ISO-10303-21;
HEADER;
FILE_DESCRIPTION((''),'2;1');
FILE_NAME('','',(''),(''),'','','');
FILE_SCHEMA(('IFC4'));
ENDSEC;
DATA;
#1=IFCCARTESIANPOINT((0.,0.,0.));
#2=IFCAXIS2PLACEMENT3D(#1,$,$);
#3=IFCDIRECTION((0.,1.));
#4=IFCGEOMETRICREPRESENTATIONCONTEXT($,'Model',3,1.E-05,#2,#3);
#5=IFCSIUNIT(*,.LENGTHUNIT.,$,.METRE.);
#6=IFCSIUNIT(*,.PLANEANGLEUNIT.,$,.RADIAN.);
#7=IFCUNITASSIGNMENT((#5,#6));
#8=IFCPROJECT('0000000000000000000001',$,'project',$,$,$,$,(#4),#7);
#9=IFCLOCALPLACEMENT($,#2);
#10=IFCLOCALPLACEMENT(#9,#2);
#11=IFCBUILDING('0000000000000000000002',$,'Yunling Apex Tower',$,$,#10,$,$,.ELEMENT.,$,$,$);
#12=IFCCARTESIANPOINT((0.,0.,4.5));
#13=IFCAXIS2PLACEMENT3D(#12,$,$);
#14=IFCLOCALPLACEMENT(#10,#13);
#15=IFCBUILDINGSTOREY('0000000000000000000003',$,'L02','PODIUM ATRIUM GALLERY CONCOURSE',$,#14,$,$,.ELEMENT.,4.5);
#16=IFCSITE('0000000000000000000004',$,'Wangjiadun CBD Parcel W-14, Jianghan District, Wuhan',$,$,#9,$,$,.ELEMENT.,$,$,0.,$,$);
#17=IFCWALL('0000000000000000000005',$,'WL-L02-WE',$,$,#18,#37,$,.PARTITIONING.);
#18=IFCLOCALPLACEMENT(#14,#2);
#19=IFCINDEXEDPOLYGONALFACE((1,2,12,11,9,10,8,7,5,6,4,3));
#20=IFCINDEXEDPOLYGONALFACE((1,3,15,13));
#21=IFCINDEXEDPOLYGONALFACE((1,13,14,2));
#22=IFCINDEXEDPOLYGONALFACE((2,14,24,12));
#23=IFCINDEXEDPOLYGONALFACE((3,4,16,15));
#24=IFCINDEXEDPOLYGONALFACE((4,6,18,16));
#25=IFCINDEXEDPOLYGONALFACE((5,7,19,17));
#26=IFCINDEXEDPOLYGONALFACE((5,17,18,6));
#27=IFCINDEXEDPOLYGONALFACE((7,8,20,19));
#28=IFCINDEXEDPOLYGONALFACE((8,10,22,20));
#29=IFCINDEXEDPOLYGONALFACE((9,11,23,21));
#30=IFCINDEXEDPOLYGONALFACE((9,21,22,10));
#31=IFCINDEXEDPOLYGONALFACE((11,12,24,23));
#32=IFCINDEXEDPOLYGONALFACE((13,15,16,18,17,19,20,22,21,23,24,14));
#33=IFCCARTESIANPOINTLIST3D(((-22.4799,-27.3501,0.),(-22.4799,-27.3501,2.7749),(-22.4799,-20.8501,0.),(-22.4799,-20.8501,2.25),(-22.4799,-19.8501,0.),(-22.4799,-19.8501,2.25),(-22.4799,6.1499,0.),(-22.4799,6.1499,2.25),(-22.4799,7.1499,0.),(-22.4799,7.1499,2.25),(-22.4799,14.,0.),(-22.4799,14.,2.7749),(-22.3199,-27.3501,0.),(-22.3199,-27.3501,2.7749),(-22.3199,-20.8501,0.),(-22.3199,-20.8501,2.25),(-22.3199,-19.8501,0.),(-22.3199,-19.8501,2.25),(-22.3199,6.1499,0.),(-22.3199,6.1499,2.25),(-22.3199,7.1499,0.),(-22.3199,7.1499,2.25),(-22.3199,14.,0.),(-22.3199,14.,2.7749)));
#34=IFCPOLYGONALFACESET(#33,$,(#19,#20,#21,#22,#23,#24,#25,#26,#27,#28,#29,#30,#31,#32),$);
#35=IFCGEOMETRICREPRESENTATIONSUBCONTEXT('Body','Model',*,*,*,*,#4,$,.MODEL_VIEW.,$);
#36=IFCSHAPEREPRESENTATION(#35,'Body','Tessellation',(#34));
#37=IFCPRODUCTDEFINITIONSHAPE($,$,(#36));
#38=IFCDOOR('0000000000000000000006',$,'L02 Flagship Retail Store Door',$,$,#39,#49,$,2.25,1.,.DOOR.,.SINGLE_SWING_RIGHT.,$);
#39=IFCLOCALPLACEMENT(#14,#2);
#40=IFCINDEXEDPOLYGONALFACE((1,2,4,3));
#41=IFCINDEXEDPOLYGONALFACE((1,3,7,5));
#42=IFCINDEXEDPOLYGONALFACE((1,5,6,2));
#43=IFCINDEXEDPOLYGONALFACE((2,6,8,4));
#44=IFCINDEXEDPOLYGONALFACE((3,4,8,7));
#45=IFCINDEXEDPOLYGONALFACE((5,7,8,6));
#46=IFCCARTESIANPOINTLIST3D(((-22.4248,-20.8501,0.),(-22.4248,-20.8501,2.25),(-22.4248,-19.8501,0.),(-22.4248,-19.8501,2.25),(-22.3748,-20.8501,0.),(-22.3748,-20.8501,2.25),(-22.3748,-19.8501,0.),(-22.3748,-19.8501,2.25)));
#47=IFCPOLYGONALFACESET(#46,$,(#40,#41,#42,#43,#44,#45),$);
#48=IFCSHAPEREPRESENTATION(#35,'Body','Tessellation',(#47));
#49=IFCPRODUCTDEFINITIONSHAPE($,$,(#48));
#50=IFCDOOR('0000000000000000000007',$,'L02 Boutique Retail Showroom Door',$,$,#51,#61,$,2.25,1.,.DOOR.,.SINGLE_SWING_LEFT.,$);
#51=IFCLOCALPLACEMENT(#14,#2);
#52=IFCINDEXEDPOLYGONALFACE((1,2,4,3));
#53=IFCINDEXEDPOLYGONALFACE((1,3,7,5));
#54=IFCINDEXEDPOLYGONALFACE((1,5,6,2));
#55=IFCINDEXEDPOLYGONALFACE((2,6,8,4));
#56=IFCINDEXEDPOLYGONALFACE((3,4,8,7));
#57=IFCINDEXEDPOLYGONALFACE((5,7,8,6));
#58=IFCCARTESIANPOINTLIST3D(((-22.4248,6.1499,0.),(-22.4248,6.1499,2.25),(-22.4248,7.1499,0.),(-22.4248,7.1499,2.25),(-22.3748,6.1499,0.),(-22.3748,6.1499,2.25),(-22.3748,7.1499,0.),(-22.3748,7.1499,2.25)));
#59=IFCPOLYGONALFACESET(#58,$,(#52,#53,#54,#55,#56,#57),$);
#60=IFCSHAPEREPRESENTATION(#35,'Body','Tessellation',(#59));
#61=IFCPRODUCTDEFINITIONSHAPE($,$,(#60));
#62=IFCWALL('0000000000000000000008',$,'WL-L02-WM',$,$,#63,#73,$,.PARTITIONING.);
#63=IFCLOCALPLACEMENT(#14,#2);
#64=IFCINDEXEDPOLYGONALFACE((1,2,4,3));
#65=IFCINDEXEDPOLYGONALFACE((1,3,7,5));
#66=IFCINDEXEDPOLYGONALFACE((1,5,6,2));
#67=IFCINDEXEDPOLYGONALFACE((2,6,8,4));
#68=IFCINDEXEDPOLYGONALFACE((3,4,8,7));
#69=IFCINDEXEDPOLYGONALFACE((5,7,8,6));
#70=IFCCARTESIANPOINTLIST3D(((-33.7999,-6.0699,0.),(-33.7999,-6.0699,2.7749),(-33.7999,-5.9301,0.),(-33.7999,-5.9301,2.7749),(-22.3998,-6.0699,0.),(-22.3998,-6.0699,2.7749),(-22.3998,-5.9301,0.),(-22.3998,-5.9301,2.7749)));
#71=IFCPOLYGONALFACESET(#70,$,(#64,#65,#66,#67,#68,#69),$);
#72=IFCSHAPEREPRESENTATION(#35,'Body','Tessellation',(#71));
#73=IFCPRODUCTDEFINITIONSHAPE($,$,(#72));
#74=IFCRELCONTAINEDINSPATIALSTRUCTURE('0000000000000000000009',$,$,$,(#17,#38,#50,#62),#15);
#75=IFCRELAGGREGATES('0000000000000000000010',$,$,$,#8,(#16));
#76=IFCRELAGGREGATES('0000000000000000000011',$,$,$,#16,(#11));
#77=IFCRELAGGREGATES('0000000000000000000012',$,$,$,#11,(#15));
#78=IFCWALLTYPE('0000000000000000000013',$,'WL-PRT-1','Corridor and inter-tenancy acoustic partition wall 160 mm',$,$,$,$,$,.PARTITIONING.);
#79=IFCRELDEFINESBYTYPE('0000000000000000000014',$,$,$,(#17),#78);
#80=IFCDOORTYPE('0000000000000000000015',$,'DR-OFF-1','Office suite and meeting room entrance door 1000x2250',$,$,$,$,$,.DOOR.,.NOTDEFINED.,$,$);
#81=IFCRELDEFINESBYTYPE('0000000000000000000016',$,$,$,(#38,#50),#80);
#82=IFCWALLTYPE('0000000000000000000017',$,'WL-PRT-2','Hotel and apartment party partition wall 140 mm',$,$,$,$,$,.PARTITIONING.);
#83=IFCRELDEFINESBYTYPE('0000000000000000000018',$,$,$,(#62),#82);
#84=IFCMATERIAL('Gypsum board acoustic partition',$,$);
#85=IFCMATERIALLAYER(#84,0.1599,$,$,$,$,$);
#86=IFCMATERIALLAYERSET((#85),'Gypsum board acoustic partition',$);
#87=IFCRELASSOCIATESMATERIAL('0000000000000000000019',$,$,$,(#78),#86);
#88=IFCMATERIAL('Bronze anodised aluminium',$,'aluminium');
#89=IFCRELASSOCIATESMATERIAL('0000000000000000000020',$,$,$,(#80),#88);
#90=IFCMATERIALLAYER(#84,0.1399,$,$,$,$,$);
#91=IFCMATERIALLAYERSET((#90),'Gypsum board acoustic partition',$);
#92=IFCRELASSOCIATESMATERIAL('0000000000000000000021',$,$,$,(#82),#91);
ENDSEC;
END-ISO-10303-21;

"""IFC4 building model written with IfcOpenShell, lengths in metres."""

from ifc_helpers import new_model, si_unit, direction, frame, frame_2d, origin, place, context, subcontext, project, spatial, rectangle, extrude, material, layer, layer_set, type_object, element, fill, save


model = new_model("IFC4")

# Units and contexts
model_context = context("Model", 3, precision=1e-05, world=origin(), true_north=direction((0.0, 1.0)))
body_context = subcontext(model_context, "Body", "Model", "MODEL_VIEW")
ifc_project = project(units=[si_unit("LENGTHUNIT", "METRE"), si_unit("PLANEANGLEUNIT", "RADIAN")], contexts=[model_context])

# Site, building, storey
site_placement = place(None, origin())
site = spatial("IfcSite", under=ifc_project, at=site_placement, Name="Wangjiadun CBD Parcel W-14, Jianghan District, Wuhan", CompositionType="ELEMENT", RefElevation=0.0)
building_placement = place(site_placement, origin())
building = spatial("IfcBuilding", under=site, at=building_placement, Name="Yunling Apex Tower", CompositionType="ELEMENT")
storey_placement = place(building_placement, frame((0.0, 0.0, 4.5)))
storey = spatial("IfcBuildingStorey", under=building, at=storey_placement, Name="L02", Description="PODIUM ATRIUM GALLERY CONCOURSE", CompositionType="ELEMENT", Elevation=4.5)

# Wall, openings, doors
ifc_material_1 = material(Name="Gypsum board acoustic partition")
ifc_layer_1 = layer(ifc_material_1, 0.1599)
ifc_layer_set_1 = layer_set([ifc_layer_1], Name="Gypsum board acoustic partition")
wall_type_1 = type_object("IfcWallType", Name="WL-PRT-1", Description="Corridor and inter-tenancy acoustic partition wall 160 mm", PredefinedType="PARTITIONING", material=ifc_layer_set_1)
wall_1_placement = place(storey_placement, frame((-22.3999, -27.3501, 0.0), z_axis=(0.0, 0.0, 1.0), x_axis=(0.0, 1.0, 0.0)))
wall_1 = element("IfcWall", 1, at=wall_1_placement, inside=storey, type_object=wall_type_1, Name="WL-L02-WE", PredefinedType="PARTITIONING", context=body_context, shape_type="SweptSolid", body=[
    extrude(rectangle(XDim=41.3501, YDim=0.1599, at=frame_2d((20.675, 0.0))), origin(), (0.0, 0.0, 1.0), 2.7749),
])
opening_1_placement = place(wall_1_placement, frame((6.5, 0.0, 0.0)))
opening_1 = element("IfcOpeningElement", 2, at=opening_1_placement, cuts=wall_1, PredefinedType="OPENING", context=body_context, shape_type="SweptSolid", body=[
    extrude(rectangle(XDim=1.0, YDim=2.25, at=frame_2d((0.5, 1.125))), frame((0.0, 0.0898, 0.0), z_axis=(0.0, -1.0, 0.0), x_axis=(1.0, 0.0, 0.0)), (0.0, 0.0, 1.0), 0.1799),
])
opening_2_placement = place(wall_1_placement, frame((33.5, 0.0, 0.0)))
opening_2 = element("IfcOpeningElement", 3, at=opening_2_placement, cuts=wall_1, PredefinedType="OPENING", context=body_context, shape_type="SweptSolid", body=[
    extrude(rectangle(XDim=1.0, YDim=2.25, at=frame_2d((0.5, 1.125))), frame((0.0, 0.0898, 0.0), z_axis=(0.0, -1.0, 0.0), x_axis=(1.0, 0.0, 0.0)), (0.0, 0.0, 1.0), 0.1799),
])
ifc_material_2 = material(Name="Bronze anodised aluminium", Category="aluminium")
door_type = type_object("IfcDoorType", Name="DR-OFF-1", Description="Office suite and meeting room entrance door 1000x2250", OperationType="NOTDEFINED", PredefinedType="DOOR", material=ifc_material_2)
door_1_placement = place(opening_1_placement, origin())
door_1 = element("IfcDoor", 4, at=door_1_placement, inside=storey, type_object=door_type, Name="L02 Flagship Retail Store Door", OperationType="SINGLE_SWING_RIGHT", OverallHeight=2.25, OverallWidth=1.0, PredefinedType="DOOR", context=body_context, shape_type="SweptSolid", body=[
    extrude(rectangle(XDim=1.0, YDim=2.25, at=frame_2d((0.5, 1.125))), frame((0.0, 0.0249, 0.0), z_axis=(0.0, -1.0, 0.0), x_axis=(1.0, 0.0, 0.0)), (0.0, 0.0, 1.0), 0.05),
])
fill(opening_1, door_1)
door_2_placement = place(opening_2_placement, origin())
door_2 = element("IfcDoor", 5, at=door_2_placement, inside=storey, type_object=door_type, Name="L02 Boutique Retail Showroom Door", OperationType="SINGLE_SWING_LEFT", OverallHeight=2.25, OverallWidth=1.0, PredefinedType="DOOR", context=body_context, shape_type="SweptSolid", body=[
    extrude(rectangle(XDim=1.0, YDim=2.25, at=frame_2d((0.5, 1.125))), frame((0.0, 0.0249, 0.0), z_axis=(0.0, -1.0, 0.0), x_axis=(1.0, 0.0, 0.0)), (0.0, 0.0, 1.0), 0.05),
])
fill(opening_2, door_2)

# Wall
ifc_layer_2 = layer(ifc_material_1, 0.1399)
ifc_layer_set_2 = layer_set([ifc_layer_2], Name="Gypsum board acoustic partition")
wall_type_2 = type_object("IfcWallType", Name="WL-PRT-2", Description="Hotel and apartment party partition wall 140 mm", PredefinedType="PARTITIONING", material=ifc_layer_set_2)
wall_2_placement = place(storey_placement, frame((-33.8, -6.0, 0.0), z_axis=(0.0, 0.0, 1.0), x_axis=(1.0, 0.0, 0.0)))
element("IfcWall", 6, at=wall_2_placement, inside=storey, type_object=wall_type_2, Name="WL-L02-WM", PredefinedType="PARTITIONING", context=body_context, shape_type="SweptSolid", body=[
    extrude(rectangle(XDim=11.4001, YDim=0.1399, at=frame_2d((5.7002, 0.0))), origin(), (0.0, 0.0, 1.0), 2.7749),
])

save(model, "model.ifc")
